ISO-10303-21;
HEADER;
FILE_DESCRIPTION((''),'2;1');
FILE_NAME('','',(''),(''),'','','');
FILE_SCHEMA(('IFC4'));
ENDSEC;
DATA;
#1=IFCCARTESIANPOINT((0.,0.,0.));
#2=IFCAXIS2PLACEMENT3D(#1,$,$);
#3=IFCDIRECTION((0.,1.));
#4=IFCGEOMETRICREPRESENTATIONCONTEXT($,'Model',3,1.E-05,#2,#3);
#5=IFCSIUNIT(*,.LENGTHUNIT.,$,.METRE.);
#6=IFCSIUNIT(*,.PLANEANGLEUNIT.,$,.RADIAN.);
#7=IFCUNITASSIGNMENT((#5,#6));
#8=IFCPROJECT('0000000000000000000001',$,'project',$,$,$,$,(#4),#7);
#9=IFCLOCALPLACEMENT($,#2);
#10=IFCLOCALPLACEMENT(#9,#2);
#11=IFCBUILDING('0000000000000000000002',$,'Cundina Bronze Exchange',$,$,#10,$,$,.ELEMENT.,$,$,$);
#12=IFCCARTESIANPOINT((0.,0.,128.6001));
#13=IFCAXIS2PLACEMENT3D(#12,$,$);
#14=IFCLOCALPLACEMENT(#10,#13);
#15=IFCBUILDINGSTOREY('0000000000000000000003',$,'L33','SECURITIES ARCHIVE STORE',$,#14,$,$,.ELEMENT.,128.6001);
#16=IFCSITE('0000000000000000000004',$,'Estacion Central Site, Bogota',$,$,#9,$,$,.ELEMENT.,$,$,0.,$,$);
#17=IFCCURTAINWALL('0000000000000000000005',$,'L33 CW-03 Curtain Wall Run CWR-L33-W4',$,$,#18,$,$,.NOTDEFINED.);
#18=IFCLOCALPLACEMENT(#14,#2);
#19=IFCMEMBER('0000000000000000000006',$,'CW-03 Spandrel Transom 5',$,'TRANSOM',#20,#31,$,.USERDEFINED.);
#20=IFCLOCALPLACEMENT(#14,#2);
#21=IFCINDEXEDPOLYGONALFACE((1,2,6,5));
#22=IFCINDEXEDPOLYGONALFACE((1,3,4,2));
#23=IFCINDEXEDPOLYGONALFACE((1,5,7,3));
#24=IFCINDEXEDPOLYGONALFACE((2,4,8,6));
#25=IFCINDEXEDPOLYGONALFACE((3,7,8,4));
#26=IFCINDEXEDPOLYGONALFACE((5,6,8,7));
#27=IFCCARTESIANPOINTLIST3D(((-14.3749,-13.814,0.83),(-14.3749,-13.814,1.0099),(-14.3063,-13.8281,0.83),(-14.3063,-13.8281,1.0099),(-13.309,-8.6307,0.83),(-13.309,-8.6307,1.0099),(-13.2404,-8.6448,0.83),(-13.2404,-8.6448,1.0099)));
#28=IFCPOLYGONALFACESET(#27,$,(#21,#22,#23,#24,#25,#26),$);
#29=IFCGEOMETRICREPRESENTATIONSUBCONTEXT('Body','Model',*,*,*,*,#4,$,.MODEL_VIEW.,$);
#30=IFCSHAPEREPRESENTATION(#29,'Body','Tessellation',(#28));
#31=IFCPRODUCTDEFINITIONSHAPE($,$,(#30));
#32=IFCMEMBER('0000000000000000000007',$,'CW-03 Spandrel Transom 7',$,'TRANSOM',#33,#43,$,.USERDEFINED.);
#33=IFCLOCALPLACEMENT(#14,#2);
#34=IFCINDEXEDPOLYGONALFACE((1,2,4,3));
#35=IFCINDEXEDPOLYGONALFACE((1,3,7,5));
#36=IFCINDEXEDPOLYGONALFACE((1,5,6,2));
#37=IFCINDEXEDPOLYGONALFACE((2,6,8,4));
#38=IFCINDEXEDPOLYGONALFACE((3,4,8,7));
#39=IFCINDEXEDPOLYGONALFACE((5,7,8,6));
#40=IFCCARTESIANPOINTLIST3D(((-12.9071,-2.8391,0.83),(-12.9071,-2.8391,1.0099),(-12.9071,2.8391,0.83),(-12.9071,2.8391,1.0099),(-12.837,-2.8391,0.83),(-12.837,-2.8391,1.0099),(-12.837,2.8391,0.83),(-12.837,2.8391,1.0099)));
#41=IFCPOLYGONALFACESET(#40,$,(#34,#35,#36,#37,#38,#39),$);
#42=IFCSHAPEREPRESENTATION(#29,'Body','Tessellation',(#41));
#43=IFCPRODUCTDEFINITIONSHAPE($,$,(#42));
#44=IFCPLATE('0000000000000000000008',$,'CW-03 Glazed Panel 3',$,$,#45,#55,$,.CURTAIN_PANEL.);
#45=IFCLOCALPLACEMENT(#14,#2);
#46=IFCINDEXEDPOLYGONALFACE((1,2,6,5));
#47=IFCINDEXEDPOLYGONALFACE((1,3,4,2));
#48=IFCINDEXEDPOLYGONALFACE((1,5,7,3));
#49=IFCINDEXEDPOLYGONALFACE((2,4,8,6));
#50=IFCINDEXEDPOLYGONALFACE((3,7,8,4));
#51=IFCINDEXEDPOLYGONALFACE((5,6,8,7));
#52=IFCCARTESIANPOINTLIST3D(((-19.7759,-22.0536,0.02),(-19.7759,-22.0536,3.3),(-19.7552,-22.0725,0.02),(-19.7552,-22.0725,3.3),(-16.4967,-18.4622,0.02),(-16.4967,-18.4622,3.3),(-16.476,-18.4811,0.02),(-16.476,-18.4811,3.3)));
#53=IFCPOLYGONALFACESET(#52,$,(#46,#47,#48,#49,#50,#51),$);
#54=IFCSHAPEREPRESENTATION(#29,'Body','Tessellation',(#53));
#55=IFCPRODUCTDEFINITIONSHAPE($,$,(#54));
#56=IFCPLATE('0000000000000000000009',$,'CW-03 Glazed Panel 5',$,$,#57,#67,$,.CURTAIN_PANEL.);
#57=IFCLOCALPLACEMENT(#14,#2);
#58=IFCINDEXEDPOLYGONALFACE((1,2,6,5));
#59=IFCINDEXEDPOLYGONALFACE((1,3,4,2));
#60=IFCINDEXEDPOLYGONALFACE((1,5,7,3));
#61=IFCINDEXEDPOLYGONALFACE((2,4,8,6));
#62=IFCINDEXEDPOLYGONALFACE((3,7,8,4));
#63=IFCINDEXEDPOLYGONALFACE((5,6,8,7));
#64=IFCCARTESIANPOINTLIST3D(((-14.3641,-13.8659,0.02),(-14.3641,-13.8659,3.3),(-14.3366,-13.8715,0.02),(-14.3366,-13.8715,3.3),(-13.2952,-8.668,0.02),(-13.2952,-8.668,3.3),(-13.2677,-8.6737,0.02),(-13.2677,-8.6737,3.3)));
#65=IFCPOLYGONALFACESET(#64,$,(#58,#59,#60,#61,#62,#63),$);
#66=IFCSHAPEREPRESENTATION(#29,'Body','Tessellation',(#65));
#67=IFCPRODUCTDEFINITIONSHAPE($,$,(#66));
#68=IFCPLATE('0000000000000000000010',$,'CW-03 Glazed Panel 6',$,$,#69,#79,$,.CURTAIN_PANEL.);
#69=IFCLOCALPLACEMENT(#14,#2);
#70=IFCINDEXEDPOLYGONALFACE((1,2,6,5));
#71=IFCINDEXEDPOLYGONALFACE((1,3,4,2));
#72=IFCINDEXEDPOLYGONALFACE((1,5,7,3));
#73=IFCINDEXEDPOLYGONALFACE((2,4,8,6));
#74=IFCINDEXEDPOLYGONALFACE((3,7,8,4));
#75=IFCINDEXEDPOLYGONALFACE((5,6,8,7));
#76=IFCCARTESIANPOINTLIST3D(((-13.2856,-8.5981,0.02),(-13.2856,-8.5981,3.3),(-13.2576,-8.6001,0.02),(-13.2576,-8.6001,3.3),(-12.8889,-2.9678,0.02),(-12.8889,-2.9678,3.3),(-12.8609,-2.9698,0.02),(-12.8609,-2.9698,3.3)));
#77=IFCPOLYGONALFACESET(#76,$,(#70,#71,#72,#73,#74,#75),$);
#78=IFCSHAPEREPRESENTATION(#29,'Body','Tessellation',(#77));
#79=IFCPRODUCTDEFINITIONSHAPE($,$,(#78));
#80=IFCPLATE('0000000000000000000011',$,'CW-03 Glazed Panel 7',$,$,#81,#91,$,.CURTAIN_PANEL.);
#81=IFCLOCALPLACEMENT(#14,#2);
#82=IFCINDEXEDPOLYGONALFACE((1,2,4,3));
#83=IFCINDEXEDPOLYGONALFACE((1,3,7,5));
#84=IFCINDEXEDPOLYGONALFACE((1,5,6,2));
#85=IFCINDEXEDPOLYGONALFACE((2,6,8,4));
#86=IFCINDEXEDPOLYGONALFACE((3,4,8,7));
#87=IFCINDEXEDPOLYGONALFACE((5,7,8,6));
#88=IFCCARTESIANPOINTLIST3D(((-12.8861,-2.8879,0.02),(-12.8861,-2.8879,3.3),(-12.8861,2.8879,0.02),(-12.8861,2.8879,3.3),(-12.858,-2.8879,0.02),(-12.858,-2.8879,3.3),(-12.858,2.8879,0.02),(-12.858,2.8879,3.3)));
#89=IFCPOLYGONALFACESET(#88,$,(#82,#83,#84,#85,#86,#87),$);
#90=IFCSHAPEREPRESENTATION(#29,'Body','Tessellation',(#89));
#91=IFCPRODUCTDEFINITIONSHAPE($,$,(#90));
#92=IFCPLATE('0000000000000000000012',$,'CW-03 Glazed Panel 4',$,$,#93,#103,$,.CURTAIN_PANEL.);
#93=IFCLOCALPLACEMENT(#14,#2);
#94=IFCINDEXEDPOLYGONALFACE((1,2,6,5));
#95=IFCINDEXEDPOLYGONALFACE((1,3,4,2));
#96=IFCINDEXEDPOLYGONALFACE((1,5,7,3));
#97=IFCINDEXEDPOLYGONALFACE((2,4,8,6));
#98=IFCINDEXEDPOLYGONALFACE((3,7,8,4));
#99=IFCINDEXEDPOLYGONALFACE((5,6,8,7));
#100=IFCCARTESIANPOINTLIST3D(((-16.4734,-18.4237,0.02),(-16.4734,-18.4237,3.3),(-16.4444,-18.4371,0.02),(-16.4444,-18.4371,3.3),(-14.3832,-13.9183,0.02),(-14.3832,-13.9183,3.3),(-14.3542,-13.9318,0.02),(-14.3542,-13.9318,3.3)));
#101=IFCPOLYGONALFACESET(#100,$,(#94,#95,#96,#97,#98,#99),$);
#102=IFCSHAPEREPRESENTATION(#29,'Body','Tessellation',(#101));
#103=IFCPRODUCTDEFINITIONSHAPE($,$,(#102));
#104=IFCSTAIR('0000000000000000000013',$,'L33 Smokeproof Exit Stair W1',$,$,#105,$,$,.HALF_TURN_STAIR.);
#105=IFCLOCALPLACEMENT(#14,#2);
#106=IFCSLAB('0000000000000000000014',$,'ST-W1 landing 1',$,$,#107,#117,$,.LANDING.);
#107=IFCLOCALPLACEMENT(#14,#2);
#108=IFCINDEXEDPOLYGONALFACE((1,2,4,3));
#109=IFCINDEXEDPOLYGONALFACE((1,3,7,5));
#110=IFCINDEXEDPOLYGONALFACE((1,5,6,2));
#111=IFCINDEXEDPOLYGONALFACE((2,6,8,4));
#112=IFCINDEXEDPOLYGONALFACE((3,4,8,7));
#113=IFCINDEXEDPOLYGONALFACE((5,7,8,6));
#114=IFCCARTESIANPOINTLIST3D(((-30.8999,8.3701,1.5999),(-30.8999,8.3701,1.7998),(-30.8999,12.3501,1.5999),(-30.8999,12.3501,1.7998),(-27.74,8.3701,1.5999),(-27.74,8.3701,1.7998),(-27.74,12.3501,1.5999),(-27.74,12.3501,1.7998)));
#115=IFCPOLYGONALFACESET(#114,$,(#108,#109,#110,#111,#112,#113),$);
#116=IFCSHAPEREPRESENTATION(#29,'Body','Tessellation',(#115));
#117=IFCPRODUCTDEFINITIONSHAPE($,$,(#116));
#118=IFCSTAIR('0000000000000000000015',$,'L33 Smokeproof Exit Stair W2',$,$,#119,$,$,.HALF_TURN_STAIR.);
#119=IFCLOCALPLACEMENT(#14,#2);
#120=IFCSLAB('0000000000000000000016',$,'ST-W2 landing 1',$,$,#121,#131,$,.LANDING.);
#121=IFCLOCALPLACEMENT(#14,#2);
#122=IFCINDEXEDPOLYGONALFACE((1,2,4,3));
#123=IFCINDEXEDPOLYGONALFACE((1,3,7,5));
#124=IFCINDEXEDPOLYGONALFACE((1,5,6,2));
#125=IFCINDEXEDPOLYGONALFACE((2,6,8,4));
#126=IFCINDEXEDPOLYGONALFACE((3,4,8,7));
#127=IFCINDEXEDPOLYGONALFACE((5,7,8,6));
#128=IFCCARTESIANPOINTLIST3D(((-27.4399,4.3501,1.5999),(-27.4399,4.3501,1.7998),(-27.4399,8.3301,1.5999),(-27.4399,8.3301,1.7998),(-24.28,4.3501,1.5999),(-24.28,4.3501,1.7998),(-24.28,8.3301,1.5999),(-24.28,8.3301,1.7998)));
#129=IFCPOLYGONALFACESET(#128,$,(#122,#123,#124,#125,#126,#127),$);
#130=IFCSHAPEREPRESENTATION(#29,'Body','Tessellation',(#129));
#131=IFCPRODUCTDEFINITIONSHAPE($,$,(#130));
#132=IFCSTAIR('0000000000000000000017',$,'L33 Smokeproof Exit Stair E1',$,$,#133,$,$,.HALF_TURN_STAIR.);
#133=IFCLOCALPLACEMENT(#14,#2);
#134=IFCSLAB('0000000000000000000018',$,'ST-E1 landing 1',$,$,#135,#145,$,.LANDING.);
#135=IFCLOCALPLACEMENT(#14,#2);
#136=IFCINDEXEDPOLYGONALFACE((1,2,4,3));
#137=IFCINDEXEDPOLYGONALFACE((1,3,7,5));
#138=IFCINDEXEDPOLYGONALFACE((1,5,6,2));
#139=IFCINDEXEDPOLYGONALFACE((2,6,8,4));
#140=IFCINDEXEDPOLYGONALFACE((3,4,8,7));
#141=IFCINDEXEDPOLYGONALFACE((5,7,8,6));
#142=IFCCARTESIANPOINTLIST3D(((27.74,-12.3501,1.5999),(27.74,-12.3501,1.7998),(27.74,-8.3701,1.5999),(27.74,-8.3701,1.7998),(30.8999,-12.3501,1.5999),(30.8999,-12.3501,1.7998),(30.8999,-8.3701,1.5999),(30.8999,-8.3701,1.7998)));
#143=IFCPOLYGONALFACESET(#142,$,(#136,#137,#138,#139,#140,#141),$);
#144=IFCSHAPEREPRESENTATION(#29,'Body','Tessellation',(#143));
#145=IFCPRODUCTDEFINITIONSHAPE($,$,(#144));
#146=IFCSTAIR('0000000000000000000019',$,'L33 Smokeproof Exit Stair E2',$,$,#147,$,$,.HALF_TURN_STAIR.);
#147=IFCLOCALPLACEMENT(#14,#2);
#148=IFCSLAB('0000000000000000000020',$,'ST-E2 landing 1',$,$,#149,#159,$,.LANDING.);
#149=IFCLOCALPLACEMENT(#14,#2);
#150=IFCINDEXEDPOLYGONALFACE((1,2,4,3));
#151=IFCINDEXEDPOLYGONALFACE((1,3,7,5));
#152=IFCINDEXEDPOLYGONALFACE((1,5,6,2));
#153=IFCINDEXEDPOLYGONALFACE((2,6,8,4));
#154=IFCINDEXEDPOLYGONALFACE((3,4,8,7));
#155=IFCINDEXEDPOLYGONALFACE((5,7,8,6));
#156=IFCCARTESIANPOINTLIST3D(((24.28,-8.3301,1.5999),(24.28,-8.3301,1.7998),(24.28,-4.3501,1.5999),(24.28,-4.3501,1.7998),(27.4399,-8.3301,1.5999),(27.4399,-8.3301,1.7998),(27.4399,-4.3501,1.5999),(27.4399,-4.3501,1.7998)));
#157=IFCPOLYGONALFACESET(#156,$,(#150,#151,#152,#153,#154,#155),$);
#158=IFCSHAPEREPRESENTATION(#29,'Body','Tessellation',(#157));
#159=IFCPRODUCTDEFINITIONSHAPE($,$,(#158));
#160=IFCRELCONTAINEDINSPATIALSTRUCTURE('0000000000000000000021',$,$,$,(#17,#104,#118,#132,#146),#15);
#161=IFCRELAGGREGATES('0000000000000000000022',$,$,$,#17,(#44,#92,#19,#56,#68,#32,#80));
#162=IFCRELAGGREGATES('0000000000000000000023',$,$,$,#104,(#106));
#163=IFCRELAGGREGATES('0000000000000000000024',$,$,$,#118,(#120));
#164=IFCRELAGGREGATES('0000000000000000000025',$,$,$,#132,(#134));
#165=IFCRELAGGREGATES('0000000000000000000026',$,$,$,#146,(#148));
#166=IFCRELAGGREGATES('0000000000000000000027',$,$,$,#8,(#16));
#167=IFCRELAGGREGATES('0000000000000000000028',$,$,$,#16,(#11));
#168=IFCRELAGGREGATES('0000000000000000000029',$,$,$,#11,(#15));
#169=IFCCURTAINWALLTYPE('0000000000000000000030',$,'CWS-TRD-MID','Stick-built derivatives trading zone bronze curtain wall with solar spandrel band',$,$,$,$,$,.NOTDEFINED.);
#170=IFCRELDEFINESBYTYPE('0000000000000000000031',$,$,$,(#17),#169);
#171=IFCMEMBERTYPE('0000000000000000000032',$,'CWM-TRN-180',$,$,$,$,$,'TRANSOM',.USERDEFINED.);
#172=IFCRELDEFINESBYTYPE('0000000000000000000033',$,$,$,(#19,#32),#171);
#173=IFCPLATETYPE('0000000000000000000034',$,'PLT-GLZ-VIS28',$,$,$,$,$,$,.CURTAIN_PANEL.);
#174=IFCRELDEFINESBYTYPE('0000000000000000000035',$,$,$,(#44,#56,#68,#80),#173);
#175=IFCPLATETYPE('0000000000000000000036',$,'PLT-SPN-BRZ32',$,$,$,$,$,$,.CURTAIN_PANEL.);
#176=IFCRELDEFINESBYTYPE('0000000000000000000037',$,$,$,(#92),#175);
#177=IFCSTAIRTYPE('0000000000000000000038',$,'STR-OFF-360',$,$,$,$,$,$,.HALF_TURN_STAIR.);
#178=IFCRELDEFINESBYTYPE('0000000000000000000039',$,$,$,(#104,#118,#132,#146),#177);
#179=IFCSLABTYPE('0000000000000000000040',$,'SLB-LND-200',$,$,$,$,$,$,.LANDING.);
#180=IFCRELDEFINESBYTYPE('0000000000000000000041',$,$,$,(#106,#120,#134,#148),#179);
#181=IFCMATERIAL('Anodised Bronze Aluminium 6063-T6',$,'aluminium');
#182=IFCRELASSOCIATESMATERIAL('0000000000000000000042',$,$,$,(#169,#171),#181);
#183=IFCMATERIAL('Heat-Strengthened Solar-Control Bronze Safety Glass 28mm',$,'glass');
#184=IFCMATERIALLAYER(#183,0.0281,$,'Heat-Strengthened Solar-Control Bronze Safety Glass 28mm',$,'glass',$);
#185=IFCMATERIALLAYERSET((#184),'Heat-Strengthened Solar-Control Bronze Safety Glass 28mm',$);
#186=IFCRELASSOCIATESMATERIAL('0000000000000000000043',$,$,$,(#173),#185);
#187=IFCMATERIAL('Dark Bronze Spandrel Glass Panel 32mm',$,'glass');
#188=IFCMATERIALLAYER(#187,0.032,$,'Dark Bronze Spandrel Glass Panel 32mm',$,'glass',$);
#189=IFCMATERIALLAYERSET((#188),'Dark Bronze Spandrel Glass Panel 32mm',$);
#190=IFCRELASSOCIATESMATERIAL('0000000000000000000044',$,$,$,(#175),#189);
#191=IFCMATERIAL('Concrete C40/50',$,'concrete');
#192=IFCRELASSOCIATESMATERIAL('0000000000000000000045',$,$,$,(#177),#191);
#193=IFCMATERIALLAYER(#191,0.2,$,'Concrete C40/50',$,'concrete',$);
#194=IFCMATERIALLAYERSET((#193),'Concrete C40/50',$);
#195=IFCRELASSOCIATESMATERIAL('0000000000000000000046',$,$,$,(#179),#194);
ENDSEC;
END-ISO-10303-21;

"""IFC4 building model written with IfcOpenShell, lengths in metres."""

from ifc_helpers import new_model, si_unit, direction, frame, origin, origin_2d, place, context, subcontext, project, spatial, polyline, rectangle, outline, extrude, material, layer, layer_set, material_profile, profile_set, type_object, element, aggregate, save


model = new_model("IFC4")

# Units and contexts
model_context = context("Model", 3, precision=1e-05, world=origin(), true_north=direction((0.0, 1.0)))
body_context = subcontext(model_context, "Body", "Model", "MODEL_VIEW")
ifc_project = project(units=[si_unit("LENGTHUNIT", "METRE"), si_unit("PLANEANGLEUNIT", "RADIAN")], contexts=[model_context])

# Site, building, storey
site_placement = place(None, origin())
site = spatial("IfcSite", under=ifc_project, at=site_placement, Name="Estacion Central Site, Bogota", CompositionType="ELEMENT", RefElevation=0.0)
building_placement = place(site_placement, origin())
building = spatial("IfcBuilding", under=site, at=building_placement, Name="Cundina Bronze Exchange", CompositionType="ELEMENT")
storey_placement = place(building_placement, frame((0.0, 0.0, 128.6001)))
storey = spatial("IfcBuildingStorey", under=building, at=storey_placement, Name="L33", Description="SECURITIES ARCHIVE STORE", CompositionType="ELEMENT", Elevation=128.6001)

# Shared definitions
ifc_material_1 = material(Name="Anodised Bronze Aluminium 6063-T6", Category="aluminium")
curtain_wall_type = type_object("IfcCurtainWallType", Name="CWS-TRD-MID", Description="Stick-built derivatives trading zone bronze curtain wall with solar spandrel band", PredefinedType="NOTDEFINED", material=ifc_material_1)

# Curtain wall
curtain_wall_1_placement = place(storey_placement, origin())
curtain_wall_1 = element("IfcCurtainWall", 1, at=curtain_wall_1_placement, inside=storey, type_object=curtain_wall_type, Name="L33 CW-03 Curtain Wall Run CWR-L33-W4", PredefinedType="NOTDEFINED")

# Members
ifc_material_profile_1 = material_profile(ifc_material_1, rectangle(XDim=0.0701, YDim=0.1799, at=origin_2d()), Name="AL70X180", Category="aluminium")
ifc_profile_set_1 = profile_set([ifc_material_profile_1], Name="Anodised Bronze Aluminium 6063-T6")
member_type_1 = type_object("IfcMemberType", Name="CWM-TRN-180", ElementType="TRANSOM", PredefinedType="USERDEFINED", material=ifc_profile_set_1)
member_1_placement = place(storey_placement, frame((-14.3406, -13.821, 0.9199), z_axis=(0.201428, 0.979503, 0.0), x_axis=(-0.979503, 0.201428, 0.0)))
member_1 = element("IfcMember", 2, at=member_1_placement, type_object=member_type_1, Name="CW-03 Spandrel Transom 5", ObjectType="TRANSOM", PredefinedType="USERDEFINED", context=body_context, shape_type="SweptSolid", body=[
    extrude(rectangle(XDim=0.0701, YDim=0.1799, at=origin_2d()), origin(), (0.0, 0.0, 1.0), 5.2917),
])
member_2_placement = place(storey_placement, frame((-12.8721, -2.8391, 0.9199), z_axis=(0.0, 1.0, 0.0), x_axis=(-1.0, 0.0, 0.0)))
member_2 = element("IfcMember", 3, at=member_2_placement, type_object=member_type_1, Name="CW-03 Spandrel Transom 7", ObjectType="TRANSOM", PredefinedType="USERDEFINED", context=body_context, shape_type="SweptSolid", body=[
    extrude(rectangle(XDim=0.0701, YDim=0.1799, at=origin_2d()), origin(), (0.0, 0.0, 1.0), 5.6782),
])

# Plates
ifc_material_2 = material(Name="Heat-Strengthened Solar-Control Bronze Safety Glass 28mm", Category="glass")
ifc_layer_1 = layer(ifc_material_2, 0.0281, Name="Heat-Strengthened Solar-Control Bronze Safety Glass 28mm", Category="glass")
ifc_layer_set_1 = layer_set([ifc_layer_1], Name="Heat-Strengthened Solar-Control Bronze Safety Glass 28mm")
plate_type_1 = type_object("IfcPlateType", Name="PLT-GLZ-VIS28", PredefinedType="CURTAIN_PANEL", material=ifc_layer_set_1)
plate_1_placement = place(storey_placement, frame((-18.126, -20.2673, 0.02), z_axis=(0.0, 0.0, 1.0), x_axis=(0.674277, 0.738479, 0.0)))
plate_1 = element("IfcPlate", 4, at=plate_1_placement, type_object=plate_type_1, Name="CW-03 Glazed Panel 3", PredefinedType="CURTAIN_PANEL", context=body_context, shape_type="SweptSolid", body=[
    extrude(rectangle(XDim=4.8633, YDim=0.0281, at=origin_2d()), origin(), (0.0, 0.0, 1.0), 3.28),
])
plate_2_placement = place(storey_placement, frame((-13.8159, -11.2698, 0.02), z_axis=(0.0, 0.0, 1.0), x_axis=(0.20142, 0.979505, 0.0)))
plate_2 = element("IfcPlate", 5, at=plate_2_placement, type_object=plate_type_1, Name="CW-03 Glazed Panel 5", PredefinedType="CURTAIN_PANEL", context=body_context, shape_type="SweptSolid", body=[
    extrude(rectangle(XDim=5.3066, YDim=0.0281, at=origin_2d()), origin(), (0.0, 0.0, 1.0), 3.28),
])
plate_3_placement = place(storey_placement, frame((-13.0732, -5.7839, 0.02), z_axis=(0.0, 0.0, 1.0), x_axis=(0.070279, 0.997527, 0.0)))
plate_3 = element("IfcPlate", 6, at=plate_3_placement, type_object=plate_type_1, Name="CW-03 Glazed Panel 6", PredefinedType="CURTAIN_PANEL", context=body_context, shape_type="SweptSolid", body=[
    extrude(rectangle(XDim=5.6443, YDim=0.0281, at=origin_2d()), origin(), (0.0, 0.0, 1.0), 3.28),
])
plate_4_placement = place(storey_placement, frame((-12.8721, 0.0, 0.02), z_axis=(0.0, 0.0, 1.0), x_axis=(0.0, 1.0, 0.0)))
plate_4 = element("IfcPlate", 7, at=plate_4_placement, type_object=plate_type_1, Name="CW-03 Glazed Panel 7", PredefinedType="CURTAIN_PANEL", context=body_context, shape_type="SweptSolid", body=[
    extrude(rectangle(XDim=5.7759, YDim=0.0281, at=origin_2d()), origin(), (0.0, 0.0, 1.0), 3.28),
])
ifc_material_3 = material(Name="Dark Bronze Spandrel Glass Panel 32mm", Category="glass")
ifc_layer_2 = layer(ifc_material_3, 0.032, Name="Dark Bronze Spandrel Glass Panel 32mm", Category="glass")
ifc_layer_set_2 = layer_set([ifc_layer_2], Name="Dark Bronze Spandrel Glass Panel 32mm")
plate_type_2 = type_object("IfcPlateType", Name="PLT-SPN-BRZ32", PredefinedType="CURTAIN_PANEL", material=ifc_layer_set_2)
plate_5_placement = place(storey_placement, frame((-15.4138, -16.1777, 0.02), z_axis=(0.0, 0.0, 1.0), x_axis=(0.420846, 0.907132, 0.0)))
plate_5 = element("IfcPlate", 8, at=plate_5_placement, type_object=plate_type_2, Name="CW-03 Glazed Panel 4", PredefinedType="CURTAIN_PANEL", context=body_context, shape_type="SweptSolid", body=[
    extrude(rectangle(XDim=4.9666, YDim=0.032, at=origin_2d()), origin(), (0.0, 0.0, 1.0), 3.28),
])
aggregate(curtain_wall_1, [plate_1, plate_5, member_1, plate_2, plate_3, member_2, plate_4])

# Stairs, slabs
ifc_material_4 = material(Name="Concrete C40/50", Category="concrete")
stair_type = type_object("IfcStairType", Name="STR-OFF-360", PredefinedType="HALF_TURN_STAIR", material=ifc_material_4)
stair_1_placement = place(storey_placement, origin())
stair_1 = element("IfcStair", 9, at=stair_1_placement, inside=storey, type_object=stair_type, Name="L33 Smokeproof Exit Stair W1", PredefinedType="HALF_TURN_STAIR")
ifc_layer_3 = layer(ifc_material_4, 0.2, Name="Concrete C40/50", Category="concrete")
ifc_layer_set_3 = layer_set([ifc_layer_3], Name="Concrete C40/50")
slab_type_1 = type_object("IfcSlabType", Name="SLB-LND-200", PredefinedType="LANDING", material=ifc_layer_set_3)
slab_1_placement = place(storey_placement, frame((0.0, 0.0, 1.5999)))
slab_1 = element("IfcSlab", 10, at=slab_1_placement, type_object=slab_type_1, Name="ST-W1 landing 1", PredefinedType="LANDING", context=body_context, shape_type="SweptSolid", body=[
    extrude(outline(polyline([(-27.74, 8.3701), (-27.74, 12.3501), (-30.8999, 12.3501), (-30.8999, 8.3701), (-27.74, 8.3701)])), origin(), (0.0, 0.0, 1.0), 0.2),
])
aggregate(stair_1, [slab_1])
stair_2_placement = place(storey_placement, origin())
stair_2 = element("IfcStair", 11, at=stair_2_placement, inside=storey, type_object=stair_type, Name="L33 Smokeproof Exit Stair W2", PredefinedType="HALF_TURN_STAIR")
slab_2_placement = place(storey_placement, frame((0.0, 0.0, 1.5999)))
slab_2 = element("IfcSlab", 12, at=slab_2_placement, type_object=slab_type_1, Name="ST-W2 landing 1", PredefinedType="LANDING", context=body_context, shape_type="SweptSolid", body=[
    extrude(outline(polyline([(-27.4399, 8.3301), (-27.4399, 4.3501), (-24.28, 4.3501), (-24.28, 8.3301), (-27.4399, 8.3301)])), origin(), (0.0, 0.0, 1.0), 0.2),
])
aggregate(stair_2, [slab_2])
stair_3_placement = place(storey_placement, origin())
stair_3 = element("IfcStair", 13, at=stair_3_placement, inside=storey, type_object=stair_type, Name="L33 Smokeproof Exit Stair E1", PredefinedType="HALF_TURN_STAIR")
slab_3_placement = place(storey_placement, frame((0.0, 0.0, 1.5999)))
slab_3 = element("IfcSlab", 14, at=slab_3_placement, type_object=slab_type_1, Name="ST-E1 landing 1", PredefinedType="LANDING", context=body_context, shape_type="SweptSolid", body=[
    extrude(outline(polyline([(27.74, -8.3701), (27.74, -12.3501), (30.8999, -12.3501), (30.8999, -8.3701), (27.74, -8.3701)])), origin(), (0.0, 0.0, 1.0), 0.2),
])
aggregate(stair_3, [slab_3])
stair_4_placement = place(storey_placement, origin())
stair_4 = element("IfcStair", 15, at=stair_4_placement, inside=storey, type_object=stair_type, Name="L33 Smokeproof Exit Stair E2", PredefinedType="HALF_TURN_STAIR")
slab_4_placement = place(storey_placement, frame((0.0, 0.0, 1.5999)))
slab_4 = element("IfcSlab", 16, at=slab_4_placement, type_object=slab_type_1, Name="ST-E2 landing 1", PredefinedType="LANDING", context=body_context, shape_type="SweptSolid", body=[
    extrude(outline(polyline([(27.4399, -8.3301), (27.4399, -4.3501), (24.28, -4.3501), (24.28, -8.3301), (27.4399, -8.3301)])), origin(), (0.0, 0.0, 1.0), 0.2),
])
aggregate(stair_4, [slab_4])

save(model, "model.ifc")
